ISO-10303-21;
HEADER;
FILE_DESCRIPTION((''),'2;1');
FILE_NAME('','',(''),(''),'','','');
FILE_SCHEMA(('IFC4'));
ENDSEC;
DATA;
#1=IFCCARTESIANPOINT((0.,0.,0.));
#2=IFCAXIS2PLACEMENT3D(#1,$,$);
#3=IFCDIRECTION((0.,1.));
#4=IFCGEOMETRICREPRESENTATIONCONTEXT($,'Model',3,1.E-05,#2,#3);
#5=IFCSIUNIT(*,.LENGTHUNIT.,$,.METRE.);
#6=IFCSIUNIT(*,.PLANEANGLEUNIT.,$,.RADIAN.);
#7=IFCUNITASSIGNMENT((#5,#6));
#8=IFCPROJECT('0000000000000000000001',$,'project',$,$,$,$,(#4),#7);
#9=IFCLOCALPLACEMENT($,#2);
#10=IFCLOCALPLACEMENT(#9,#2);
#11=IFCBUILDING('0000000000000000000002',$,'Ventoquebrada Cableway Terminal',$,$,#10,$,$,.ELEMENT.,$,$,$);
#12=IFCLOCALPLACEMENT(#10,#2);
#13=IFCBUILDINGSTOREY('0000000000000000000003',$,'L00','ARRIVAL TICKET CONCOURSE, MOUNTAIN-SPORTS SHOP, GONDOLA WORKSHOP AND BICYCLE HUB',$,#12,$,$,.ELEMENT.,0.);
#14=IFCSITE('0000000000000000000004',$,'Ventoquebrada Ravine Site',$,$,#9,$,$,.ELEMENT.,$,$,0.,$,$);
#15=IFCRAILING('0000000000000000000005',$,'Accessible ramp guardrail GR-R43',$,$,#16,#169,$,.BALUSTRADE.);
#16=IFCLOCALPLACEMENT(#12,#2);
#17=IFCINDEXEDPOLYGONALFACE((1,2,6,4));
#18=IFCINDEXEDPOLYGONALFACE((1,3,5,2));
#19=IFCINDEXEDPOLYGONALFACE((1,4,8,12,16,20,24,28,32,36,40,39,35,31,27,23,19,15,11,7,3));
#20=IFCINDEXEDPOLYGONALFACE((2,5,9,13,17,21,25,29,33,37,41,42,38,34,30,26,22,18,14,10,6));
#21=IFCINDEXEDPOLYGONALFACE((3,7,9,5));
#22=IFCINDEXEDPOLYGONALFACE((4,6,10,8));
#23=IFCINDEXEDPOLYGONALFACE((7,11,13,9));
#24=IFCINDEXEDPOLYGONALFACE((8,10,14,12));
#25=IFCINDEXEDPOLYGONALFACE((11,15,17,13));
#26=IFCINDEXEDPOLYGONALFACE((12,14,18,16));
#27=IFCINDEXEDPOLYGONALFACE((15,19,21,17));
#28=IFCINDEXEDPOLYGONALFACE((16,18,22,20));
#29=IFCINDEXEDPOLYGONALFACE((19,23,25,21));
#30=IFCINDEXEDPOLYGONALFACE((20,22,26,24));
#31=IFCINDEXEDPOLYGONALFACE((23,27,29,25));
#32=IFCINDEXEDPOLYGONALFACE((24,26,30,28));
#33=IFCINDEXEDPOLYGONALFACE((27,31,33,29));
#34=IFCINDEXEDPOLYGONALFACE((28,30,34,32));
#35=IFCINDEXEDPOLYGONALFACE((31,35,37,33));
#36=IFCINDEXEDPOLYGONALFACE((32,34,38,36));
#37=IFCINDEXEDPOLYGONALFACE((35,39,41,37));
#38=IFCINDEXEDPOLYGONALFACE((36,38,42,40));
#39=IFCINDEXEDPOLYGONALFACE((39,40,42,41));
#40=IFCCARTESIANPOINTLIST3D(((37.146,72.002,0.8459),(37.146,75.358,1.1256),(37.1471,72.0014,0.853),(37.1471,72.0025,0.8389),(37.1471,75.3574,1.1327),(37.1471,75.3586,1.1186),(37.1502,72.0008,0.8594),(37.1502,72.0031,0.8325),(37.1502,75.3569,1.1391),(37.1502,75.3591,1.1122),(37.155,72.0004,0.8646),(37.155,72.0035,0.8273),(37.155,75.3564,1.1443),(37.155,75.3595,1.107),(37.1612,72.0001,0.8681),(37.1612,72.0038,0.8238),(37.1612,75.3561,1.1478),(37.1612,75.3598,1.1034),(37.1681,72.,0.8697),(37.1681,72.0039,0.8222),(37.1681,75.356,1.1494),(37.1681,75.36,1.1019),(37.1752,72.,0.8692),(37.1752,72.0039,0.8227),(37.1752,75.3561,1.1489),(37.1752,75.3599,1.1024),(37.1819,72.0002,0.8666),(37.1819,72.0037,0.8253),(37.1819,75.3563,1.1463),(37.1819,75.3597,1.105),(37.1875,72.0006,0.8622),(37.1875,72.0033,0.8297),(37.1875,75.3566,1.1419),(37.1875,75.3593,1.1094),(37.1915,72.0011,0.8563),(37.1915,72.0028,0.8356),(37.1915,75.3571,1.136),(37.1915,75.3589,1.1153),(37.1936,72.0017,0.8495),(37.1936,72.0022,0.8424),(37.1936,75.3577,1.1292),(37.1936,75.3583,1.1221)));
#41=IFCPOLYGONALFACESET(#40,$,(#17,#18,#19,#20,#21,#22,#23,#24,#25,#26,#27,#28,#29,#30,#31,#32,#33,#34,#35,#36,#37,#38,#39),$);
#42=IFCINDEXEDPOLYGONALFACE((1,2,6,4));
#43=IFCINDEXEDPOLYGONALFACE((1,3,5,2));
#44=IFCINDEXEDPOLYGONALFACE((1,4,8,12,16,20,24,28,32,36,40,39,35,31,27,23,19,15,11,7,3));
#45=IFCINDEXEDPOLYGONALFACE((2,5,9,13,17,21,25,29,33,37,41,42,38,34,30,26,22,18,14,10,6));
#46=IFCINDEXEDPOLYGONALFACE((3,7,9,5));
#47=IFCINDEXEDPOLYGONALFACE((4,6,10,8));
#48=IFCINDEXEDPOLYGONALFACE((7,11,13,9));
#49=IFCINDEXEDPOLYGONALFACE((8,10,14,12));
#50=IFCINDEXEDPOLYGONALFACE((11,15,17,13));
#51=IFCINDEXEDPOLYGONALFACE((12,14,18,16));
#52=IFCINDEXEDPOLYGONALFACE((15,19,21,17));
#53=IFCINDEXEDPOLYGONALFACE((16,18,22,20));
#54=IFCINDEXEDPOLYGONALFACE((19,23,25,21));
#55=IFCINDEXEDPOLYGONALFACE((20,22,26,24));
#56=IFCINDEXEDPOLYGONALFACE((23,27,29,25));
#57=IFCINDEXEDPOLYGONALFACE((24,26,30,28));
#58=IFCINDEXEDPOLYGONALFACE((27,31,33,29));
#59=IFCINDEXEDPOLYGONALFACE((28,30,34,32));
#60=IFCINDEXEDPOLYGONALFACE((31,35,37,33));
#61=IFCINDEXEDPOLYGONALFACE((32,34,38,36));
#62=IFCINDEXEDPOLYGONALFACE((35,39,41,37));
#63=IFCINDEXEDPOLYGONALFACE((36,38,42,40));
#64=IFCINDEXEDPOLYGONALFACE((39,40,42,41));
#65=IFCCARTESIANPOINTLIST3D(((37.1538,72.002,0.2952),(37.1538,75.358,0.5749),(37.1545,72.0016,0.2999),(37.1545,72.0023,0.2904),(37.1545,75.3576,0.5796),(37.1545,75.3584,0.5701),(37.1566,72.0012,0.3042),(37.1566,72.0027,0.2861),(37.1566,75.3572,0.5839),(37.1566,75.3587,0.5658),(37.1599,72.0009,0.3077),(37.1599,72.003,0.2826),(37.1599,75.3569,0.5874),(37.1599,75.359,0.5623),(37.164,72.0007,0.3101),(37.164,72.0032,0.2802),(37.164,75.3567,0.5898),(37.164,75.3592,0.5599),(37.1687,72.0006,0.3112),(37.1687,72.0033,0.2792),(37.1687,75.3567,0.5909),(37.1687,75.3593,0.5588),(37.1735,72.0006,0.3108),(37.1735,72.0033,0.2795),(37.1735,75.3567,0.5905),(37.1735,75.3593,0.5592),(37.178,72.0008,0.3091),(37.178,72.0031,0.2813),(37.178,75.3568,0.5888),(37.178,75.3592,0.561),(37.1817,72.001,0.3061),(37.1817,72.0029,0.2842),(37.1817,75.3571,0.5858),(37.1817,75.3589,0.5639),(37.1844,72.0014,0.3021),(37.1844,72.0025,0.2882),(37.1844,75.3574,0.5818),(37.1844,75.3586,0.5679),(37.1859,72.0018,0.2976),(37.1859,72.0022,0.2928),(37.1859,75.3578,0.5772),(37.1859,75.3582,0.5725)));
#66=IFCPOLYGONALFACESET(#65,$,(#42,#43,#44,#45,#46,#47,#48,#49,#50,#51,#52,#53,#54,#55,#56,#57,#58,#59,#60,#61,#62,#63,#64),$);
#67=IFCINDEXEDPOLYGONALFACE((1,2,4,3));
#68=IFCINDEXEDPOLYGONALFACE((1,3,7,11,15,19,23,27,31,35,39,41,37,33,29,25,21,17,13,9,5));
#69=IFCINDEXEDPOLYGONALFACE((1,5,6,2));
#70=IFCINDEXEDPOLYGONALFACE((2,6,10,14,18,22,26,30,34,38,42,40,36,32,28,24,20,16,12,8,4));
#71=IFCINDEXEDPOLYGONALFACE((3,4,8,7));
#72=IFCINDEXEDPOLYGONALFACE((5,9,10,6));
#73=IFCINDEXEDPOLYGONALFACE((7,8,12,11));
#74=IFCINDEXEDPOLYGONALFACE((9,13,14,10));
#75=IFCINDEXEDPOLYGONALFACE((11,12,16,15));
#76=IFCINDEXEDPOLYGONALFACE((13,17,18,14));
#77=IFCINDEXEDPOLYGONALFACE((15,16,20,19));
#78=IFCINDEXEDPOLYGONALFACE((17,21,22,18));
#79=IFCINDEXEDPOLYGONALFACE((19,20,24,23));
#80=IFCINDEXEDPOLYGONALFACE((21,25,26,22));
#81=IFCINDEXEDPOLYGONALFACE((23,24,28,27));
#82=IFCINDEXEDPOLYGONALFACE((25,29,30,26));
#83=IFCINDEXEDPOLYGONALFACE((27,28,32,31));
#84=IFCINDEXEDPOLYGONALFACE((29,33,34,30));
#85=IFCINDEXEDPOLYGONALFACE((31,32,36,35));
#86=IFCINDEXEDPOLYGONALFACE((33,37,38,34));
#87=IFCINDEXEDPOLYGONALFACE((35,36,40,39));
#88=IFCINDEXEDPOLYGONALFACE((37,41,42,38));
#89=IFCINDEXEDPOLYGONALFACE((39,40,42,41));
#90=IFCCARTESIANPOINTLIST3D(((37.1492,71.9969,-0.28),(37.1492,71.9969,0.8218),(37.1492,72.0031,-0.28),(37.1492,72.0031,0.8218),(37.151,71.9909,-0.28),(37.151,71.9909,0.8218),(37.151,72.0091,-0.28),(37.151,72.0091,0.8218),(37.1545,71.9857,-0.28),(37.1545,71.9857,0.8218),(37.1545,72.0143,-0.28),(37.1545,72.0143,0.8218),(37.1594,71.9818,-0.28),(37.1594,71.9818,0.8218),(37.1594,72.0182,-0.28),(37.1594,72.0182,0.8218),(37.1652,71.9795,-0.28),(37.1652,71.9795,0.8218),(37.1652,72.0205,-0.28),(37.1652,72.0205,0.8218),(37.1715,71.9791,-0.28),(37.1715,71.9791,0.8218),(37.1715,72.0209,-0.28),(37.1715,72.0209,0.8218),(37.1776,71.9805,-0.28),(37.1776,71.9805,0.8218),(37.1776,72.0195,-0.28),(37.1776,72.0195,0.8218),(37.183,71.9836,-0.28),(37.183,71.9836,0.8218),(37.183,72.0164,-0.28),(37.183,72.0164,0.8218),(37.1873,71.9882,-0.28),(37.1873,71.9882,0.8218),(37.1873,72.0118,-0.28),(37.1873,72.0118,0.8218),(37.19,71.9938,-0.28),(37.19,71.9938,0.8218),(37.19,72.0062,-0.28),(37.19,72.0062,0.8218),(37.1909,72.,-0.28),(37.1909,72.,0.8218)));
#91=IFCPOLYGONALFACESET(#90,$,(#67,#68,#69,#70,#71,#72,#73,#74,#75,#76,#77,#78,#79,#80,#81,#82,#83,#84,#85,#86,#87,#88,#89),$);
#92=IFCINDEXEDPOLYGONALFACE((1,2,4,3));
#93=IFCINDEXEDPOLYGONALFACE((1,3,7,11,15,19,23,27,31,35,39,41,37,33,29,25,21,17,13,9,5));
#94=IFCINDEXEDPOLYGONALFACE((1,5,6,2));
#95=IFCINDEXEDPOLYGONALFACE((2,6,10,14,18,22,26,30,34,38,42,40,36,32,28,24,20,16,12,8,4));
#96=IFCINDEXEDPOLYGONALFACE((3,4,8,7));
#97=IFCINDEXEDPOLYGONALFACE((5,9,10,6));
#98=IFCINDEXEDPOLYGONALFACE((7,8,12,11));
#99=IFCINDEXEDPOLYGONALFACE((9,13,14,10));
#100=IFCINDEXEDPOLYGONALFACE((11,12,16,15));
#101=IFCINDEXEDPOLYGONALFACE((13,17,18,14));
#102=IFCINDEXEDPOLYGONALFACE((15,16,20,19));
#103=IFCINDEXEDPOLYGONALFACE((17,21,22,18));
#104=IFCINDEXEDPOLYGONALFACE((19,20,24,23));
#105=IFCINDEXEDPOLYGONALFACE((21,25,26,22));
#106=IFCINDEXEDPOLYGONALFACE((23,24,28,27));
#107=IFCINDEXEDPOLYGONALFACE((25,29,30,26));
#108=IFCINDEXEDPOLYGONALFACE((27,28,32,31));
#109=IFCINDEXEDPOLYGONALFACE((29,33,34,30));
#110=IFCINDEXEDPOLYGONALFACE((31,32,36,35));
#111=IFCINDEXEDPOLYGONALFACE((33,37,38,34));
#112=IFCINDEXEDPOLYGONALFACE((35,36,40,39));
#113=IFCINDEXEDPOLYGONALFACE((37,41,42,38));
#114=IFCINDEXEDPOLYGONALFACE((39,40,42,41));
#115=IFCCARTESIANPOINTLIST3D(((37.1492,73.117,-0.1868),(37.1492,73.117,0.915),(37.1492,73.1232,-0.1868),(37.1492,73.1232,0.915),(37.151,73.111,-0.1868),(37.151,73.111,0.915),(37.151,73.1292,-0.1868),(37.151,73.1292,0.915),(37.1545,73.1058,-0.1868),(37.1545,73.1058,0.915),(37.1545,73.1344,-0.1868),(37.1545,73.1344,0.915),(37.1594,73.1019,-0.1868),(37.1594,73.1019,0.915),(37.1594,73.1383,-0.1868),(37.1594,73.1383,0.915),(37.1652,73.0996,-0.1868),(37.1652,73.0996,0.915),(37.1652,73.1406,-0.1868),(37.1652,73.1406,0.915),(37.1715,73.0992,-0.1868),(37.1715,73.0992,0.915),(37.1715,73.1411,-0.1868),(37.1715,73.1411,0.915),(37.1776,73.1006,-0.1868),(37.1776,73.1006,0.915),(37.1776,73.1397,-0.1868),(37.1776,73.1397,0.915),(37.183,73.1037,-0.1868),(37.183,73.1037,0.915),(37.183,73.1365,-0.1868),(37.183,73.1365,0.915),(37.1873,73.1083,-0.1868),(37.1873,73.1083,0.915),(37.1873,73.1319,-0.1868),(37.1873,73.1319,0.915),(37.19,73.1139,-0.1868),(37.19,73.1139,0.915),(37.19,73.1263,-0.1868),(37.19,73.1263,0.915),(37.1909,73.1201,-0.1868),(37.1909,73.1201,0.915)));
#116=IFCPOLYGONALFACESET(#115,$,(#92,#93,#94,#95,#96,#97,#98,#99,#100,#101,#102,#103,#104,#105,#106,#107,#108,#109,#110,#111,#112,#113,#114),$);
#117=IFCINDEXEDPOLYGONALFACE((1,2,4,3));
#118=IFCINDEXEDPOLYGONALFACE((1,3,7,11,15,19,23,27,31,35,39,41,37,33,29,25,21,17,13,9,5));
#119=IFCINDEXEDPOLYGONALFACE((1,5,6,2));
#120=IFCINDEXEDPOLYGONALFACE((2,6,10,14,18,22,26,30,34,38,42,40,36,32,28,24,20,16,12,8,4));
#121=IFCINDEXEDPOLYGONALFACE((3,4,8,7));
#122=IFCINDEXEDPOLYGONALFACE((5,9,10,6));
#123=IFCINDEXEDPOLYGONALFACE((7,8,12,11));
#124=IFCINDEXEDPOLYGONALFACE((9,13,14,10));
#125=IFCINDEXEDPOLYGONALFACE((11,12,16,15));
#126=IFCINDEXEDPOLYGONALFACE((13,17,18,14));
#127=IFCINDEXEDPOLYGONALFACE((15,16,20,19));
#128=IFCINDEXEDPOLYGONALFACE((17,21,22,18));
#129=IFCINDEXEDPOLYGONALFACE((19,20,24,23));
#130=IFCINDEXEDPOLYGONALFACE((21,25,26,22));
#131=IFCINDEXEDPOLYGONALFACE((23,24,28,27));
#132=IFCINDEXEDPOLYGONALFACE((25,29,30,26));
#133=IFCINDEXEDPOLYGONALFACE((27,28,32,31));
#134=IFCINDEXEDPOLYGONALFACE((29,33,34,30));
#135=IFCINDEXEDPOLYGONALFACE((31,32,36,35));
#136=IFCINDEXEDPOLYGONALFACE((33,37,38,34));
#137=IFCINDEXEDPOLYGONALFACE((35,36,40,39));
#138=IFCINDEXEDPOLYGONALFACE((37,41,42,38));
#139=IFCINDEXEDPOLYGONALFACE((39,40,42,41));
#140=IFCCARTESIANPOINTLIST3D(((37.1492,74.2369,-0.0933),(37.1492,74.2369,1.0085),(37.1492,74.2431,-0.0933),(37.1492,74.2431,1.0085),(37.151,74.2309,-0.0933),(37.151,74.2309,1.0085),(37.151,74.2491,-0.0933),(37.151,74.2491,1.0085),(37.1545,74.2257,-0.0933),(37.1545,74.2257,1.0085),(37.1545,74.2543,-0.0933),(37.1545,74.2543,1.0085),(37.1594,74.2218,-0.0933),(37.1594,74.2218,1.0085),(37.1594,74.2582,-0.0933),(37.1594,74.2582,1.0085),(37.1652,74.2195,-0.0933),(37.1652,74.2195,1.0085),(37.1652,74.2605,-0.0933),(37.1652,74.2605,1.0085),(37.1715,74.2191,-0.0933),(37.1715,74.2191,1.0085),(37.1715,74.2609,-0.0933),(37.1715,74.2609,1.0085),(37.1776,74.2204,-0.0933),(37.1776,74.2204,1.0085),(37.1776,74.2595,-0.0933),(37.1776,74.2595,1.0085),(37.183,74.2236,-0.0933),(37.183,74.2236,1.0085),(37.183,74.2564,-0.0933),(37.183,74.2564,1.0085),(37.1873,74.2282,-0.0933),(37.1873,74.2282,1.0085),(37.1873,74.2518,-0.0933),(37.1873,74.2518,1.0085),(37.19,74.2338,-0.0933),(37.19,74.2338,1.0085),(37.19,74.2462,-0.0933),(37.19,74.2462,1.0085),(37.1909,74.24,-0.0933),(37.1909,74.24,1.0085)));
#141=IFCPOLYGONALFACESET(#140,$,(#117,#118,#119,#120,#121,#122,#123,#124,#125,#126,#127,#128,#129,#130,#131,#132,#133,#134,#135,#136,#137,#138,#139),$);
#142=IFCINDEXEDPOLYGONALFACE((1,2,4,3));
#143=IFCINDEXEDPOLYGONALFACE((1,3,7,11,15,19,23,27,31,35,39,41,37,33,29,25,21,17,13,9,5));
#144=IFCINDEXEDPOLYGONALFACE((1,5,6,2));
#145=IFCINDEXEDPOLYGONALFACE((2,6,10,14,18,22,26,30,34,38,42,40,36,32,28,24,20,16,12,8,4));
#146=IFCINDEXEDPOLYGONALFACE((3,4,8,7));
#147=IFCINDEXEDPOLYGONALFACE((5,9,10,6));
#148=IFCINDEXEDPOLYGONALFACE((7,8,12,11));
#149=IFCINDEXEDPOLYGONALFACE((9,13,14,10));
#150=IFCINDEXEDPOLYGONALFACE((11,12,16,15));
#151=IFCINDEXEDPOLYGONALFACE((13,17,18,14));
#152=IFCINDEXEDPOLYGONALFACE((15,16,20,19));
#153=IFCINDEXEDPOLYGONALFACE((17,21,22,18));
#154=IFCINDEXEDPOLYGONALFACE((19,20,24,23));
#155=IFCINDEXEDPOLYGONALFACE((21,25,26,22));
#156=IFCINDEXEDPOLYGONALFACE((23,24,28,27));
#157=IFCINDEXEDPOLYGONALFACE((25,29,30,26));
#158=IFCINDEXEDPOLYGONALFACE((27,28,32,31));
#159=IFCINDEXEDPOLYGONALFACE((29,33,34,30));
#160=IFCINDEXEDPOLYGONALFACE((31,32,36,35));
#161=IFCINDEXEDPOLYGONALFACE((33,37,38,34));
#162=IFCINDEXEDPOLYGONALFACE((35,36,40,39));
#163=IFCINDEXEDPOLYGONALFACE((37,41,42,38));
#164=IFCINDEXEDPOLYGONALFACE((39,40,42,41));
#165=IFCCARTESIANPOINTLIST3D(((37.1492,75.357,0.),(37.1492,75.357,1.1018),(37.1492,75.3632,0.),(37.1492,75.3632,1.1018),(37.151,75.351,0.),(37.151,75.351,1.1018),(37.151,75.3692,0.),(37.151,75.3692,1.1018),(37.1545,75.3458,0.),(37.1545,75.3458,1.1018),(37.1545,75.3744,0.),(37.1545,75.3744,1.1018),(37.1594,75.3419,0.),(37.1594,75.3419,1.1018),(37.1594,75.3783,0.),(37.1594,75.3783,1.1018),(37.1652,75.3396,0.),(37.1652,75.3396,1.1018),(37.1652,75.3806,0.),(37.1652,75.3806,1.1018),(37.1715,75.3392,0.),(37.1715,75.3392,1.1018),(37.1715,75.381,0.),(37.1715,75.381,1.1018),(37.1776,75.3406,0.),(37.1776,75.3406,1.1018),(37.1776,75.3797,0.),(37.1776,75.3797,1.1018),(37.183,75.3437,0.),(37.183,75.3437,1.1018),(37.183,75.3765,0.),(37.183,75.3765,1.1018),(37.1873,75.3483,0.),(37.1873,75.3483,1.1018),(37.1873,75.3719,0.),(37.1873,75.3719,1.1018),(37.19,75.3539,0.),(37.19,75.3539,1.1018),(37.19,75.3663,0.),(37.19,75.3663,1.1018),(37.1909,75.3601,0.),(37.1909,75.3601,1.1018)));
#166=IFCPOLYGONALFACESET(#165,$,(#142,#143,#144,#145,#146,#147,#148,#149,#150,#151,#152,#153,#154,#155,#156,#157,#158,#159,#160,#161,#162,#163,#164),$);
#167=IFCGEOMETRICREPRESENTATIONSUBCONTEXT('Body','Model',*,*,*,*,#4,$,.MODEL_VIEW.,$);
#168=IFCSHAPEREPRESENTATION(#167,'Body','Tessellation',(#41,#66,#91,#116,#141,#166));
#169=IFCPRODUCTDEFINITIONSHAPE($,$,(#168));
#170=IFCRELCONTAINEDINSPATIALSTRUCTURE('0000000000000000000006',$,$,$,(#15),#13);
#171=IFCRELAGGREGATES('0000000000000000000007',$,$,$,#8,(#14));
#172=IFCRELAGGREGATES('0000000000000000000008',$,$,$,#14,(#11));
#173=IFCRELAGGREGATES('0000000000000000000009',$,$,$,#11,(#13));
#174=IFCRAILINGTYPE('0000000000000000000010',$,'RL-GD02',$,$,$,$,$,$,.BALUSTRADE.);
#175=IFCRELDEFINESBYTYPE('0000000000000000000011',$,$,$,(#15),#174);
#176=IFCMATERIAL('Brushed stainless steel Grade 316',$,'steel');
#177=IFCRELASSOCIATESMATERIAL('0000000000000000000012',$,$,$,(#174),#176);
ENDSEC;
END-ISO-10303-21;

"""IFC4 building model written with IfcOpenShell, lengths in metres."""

from ifc_helpers import new_model, si_unit, direction, frame, origin, origin_2d, place, context, subcontext, project, spatial, circle, extrude, material, type_object, element, save


model = new_model("IFC4")

# Units and contexts
model_context = context("Model", 3, precision=1e-05, world=origin(), true_north=direction((0.0, 1.0)))
body_context = subcontext(model_context, "Body", "Model", "MODEL_VIEW")
ifc_project = project(units=[si_unit("LENGTHUNIT", "METRE"), si_unit("PLANEANGLEUNIT", "RADIAN")], contexts=[model_context])

# Site, building, storey
site_placement = place(None, origin())
site = spatial("IfcSite", under=ifc_project, at=site_placement, Name="Ventoquebrada Ravine Site", CompositionType="ELEMENT", RefElevation=0.0)
building_placement = place(site_placement, origin())
building = spatial("IfcBuilding", under=site, at=building_placement, Name="Ventoquebrada Cableway Terminal", CompositionType="ELEMENT")
storey_placement = place(building_placement, origin())
storey = spatial("IfcBuildingStorey", under=building, at=storey_placement, Name="L00", Description="ARRIVAL TICKET CONCOURSE, MOUNTAIN-SPORTS SHOP, GONDOLA WORKSHOP AND BICYCLE HUB", CompositionType="ELEMENT", Elevation=0.0)

# Railing
ifc_material_1 = material(Name="Brushed stainless steel Grade 316", Category="steel")
railing_type_1 = type_object("IfcRailingType", Name="RL-GD02", PredefinedType="BALUSTRADE", material=ifc_material_1)
railing_1_placement = place(storey_placement, frame((37.1699, 72.0, -0.28)))
element("IfcRailing", 1, at=railing_1_placement, inside=storey, type_object=railing_type_1, Name="Accessible ramp guardrail GR-R43", PredefinedType="BALUSTRADE", context=body_context, shape_type="SweptSolid", body=[
    extrude(circle(Radius=0.0239, at=origin_2d()), frame((0.0, 0.002, 1.126), z_axis=(0.0, 0.996545, 0.083051), x_axis=(-1.0, 0.0, 0.0)), (0.0, 0.0, 1.0), 3.3677),
    extrude(circle(Radius=0.0161, at=origin_2d()), frame((0.0, 0.002, 0.5752), z_axis=(0.0, 0.996545, 0.083051), x_axis=(-1.0, 0.0, 0.0)), (0.0, 0.0, 1.0), 3.3677),
    extrude(circle(Radius=0.021, at=origin_2d()), origin(), (0.0, 0.0, 1.0), 1.1018),
    extrude(circle(Radius=0.021, at=origin_2d()), frame((0.0, 1.1201, 0.0933)), (0.0, 0.0, 1.0), 1.1018),
    extrude(circle(Radius=0.021, at=origin_2d()), frame((0.0, 2.24, 0.1868)), (0.0, 0.0, 1.0), 1.1018),
    extrude(circle(Radius=0.021, at=origin_2d()), frame((0.0, 3.3601, 0.28)), (0.0, 0.0, 1.0), 1.1018),
])

save(model, "model.ifc")
